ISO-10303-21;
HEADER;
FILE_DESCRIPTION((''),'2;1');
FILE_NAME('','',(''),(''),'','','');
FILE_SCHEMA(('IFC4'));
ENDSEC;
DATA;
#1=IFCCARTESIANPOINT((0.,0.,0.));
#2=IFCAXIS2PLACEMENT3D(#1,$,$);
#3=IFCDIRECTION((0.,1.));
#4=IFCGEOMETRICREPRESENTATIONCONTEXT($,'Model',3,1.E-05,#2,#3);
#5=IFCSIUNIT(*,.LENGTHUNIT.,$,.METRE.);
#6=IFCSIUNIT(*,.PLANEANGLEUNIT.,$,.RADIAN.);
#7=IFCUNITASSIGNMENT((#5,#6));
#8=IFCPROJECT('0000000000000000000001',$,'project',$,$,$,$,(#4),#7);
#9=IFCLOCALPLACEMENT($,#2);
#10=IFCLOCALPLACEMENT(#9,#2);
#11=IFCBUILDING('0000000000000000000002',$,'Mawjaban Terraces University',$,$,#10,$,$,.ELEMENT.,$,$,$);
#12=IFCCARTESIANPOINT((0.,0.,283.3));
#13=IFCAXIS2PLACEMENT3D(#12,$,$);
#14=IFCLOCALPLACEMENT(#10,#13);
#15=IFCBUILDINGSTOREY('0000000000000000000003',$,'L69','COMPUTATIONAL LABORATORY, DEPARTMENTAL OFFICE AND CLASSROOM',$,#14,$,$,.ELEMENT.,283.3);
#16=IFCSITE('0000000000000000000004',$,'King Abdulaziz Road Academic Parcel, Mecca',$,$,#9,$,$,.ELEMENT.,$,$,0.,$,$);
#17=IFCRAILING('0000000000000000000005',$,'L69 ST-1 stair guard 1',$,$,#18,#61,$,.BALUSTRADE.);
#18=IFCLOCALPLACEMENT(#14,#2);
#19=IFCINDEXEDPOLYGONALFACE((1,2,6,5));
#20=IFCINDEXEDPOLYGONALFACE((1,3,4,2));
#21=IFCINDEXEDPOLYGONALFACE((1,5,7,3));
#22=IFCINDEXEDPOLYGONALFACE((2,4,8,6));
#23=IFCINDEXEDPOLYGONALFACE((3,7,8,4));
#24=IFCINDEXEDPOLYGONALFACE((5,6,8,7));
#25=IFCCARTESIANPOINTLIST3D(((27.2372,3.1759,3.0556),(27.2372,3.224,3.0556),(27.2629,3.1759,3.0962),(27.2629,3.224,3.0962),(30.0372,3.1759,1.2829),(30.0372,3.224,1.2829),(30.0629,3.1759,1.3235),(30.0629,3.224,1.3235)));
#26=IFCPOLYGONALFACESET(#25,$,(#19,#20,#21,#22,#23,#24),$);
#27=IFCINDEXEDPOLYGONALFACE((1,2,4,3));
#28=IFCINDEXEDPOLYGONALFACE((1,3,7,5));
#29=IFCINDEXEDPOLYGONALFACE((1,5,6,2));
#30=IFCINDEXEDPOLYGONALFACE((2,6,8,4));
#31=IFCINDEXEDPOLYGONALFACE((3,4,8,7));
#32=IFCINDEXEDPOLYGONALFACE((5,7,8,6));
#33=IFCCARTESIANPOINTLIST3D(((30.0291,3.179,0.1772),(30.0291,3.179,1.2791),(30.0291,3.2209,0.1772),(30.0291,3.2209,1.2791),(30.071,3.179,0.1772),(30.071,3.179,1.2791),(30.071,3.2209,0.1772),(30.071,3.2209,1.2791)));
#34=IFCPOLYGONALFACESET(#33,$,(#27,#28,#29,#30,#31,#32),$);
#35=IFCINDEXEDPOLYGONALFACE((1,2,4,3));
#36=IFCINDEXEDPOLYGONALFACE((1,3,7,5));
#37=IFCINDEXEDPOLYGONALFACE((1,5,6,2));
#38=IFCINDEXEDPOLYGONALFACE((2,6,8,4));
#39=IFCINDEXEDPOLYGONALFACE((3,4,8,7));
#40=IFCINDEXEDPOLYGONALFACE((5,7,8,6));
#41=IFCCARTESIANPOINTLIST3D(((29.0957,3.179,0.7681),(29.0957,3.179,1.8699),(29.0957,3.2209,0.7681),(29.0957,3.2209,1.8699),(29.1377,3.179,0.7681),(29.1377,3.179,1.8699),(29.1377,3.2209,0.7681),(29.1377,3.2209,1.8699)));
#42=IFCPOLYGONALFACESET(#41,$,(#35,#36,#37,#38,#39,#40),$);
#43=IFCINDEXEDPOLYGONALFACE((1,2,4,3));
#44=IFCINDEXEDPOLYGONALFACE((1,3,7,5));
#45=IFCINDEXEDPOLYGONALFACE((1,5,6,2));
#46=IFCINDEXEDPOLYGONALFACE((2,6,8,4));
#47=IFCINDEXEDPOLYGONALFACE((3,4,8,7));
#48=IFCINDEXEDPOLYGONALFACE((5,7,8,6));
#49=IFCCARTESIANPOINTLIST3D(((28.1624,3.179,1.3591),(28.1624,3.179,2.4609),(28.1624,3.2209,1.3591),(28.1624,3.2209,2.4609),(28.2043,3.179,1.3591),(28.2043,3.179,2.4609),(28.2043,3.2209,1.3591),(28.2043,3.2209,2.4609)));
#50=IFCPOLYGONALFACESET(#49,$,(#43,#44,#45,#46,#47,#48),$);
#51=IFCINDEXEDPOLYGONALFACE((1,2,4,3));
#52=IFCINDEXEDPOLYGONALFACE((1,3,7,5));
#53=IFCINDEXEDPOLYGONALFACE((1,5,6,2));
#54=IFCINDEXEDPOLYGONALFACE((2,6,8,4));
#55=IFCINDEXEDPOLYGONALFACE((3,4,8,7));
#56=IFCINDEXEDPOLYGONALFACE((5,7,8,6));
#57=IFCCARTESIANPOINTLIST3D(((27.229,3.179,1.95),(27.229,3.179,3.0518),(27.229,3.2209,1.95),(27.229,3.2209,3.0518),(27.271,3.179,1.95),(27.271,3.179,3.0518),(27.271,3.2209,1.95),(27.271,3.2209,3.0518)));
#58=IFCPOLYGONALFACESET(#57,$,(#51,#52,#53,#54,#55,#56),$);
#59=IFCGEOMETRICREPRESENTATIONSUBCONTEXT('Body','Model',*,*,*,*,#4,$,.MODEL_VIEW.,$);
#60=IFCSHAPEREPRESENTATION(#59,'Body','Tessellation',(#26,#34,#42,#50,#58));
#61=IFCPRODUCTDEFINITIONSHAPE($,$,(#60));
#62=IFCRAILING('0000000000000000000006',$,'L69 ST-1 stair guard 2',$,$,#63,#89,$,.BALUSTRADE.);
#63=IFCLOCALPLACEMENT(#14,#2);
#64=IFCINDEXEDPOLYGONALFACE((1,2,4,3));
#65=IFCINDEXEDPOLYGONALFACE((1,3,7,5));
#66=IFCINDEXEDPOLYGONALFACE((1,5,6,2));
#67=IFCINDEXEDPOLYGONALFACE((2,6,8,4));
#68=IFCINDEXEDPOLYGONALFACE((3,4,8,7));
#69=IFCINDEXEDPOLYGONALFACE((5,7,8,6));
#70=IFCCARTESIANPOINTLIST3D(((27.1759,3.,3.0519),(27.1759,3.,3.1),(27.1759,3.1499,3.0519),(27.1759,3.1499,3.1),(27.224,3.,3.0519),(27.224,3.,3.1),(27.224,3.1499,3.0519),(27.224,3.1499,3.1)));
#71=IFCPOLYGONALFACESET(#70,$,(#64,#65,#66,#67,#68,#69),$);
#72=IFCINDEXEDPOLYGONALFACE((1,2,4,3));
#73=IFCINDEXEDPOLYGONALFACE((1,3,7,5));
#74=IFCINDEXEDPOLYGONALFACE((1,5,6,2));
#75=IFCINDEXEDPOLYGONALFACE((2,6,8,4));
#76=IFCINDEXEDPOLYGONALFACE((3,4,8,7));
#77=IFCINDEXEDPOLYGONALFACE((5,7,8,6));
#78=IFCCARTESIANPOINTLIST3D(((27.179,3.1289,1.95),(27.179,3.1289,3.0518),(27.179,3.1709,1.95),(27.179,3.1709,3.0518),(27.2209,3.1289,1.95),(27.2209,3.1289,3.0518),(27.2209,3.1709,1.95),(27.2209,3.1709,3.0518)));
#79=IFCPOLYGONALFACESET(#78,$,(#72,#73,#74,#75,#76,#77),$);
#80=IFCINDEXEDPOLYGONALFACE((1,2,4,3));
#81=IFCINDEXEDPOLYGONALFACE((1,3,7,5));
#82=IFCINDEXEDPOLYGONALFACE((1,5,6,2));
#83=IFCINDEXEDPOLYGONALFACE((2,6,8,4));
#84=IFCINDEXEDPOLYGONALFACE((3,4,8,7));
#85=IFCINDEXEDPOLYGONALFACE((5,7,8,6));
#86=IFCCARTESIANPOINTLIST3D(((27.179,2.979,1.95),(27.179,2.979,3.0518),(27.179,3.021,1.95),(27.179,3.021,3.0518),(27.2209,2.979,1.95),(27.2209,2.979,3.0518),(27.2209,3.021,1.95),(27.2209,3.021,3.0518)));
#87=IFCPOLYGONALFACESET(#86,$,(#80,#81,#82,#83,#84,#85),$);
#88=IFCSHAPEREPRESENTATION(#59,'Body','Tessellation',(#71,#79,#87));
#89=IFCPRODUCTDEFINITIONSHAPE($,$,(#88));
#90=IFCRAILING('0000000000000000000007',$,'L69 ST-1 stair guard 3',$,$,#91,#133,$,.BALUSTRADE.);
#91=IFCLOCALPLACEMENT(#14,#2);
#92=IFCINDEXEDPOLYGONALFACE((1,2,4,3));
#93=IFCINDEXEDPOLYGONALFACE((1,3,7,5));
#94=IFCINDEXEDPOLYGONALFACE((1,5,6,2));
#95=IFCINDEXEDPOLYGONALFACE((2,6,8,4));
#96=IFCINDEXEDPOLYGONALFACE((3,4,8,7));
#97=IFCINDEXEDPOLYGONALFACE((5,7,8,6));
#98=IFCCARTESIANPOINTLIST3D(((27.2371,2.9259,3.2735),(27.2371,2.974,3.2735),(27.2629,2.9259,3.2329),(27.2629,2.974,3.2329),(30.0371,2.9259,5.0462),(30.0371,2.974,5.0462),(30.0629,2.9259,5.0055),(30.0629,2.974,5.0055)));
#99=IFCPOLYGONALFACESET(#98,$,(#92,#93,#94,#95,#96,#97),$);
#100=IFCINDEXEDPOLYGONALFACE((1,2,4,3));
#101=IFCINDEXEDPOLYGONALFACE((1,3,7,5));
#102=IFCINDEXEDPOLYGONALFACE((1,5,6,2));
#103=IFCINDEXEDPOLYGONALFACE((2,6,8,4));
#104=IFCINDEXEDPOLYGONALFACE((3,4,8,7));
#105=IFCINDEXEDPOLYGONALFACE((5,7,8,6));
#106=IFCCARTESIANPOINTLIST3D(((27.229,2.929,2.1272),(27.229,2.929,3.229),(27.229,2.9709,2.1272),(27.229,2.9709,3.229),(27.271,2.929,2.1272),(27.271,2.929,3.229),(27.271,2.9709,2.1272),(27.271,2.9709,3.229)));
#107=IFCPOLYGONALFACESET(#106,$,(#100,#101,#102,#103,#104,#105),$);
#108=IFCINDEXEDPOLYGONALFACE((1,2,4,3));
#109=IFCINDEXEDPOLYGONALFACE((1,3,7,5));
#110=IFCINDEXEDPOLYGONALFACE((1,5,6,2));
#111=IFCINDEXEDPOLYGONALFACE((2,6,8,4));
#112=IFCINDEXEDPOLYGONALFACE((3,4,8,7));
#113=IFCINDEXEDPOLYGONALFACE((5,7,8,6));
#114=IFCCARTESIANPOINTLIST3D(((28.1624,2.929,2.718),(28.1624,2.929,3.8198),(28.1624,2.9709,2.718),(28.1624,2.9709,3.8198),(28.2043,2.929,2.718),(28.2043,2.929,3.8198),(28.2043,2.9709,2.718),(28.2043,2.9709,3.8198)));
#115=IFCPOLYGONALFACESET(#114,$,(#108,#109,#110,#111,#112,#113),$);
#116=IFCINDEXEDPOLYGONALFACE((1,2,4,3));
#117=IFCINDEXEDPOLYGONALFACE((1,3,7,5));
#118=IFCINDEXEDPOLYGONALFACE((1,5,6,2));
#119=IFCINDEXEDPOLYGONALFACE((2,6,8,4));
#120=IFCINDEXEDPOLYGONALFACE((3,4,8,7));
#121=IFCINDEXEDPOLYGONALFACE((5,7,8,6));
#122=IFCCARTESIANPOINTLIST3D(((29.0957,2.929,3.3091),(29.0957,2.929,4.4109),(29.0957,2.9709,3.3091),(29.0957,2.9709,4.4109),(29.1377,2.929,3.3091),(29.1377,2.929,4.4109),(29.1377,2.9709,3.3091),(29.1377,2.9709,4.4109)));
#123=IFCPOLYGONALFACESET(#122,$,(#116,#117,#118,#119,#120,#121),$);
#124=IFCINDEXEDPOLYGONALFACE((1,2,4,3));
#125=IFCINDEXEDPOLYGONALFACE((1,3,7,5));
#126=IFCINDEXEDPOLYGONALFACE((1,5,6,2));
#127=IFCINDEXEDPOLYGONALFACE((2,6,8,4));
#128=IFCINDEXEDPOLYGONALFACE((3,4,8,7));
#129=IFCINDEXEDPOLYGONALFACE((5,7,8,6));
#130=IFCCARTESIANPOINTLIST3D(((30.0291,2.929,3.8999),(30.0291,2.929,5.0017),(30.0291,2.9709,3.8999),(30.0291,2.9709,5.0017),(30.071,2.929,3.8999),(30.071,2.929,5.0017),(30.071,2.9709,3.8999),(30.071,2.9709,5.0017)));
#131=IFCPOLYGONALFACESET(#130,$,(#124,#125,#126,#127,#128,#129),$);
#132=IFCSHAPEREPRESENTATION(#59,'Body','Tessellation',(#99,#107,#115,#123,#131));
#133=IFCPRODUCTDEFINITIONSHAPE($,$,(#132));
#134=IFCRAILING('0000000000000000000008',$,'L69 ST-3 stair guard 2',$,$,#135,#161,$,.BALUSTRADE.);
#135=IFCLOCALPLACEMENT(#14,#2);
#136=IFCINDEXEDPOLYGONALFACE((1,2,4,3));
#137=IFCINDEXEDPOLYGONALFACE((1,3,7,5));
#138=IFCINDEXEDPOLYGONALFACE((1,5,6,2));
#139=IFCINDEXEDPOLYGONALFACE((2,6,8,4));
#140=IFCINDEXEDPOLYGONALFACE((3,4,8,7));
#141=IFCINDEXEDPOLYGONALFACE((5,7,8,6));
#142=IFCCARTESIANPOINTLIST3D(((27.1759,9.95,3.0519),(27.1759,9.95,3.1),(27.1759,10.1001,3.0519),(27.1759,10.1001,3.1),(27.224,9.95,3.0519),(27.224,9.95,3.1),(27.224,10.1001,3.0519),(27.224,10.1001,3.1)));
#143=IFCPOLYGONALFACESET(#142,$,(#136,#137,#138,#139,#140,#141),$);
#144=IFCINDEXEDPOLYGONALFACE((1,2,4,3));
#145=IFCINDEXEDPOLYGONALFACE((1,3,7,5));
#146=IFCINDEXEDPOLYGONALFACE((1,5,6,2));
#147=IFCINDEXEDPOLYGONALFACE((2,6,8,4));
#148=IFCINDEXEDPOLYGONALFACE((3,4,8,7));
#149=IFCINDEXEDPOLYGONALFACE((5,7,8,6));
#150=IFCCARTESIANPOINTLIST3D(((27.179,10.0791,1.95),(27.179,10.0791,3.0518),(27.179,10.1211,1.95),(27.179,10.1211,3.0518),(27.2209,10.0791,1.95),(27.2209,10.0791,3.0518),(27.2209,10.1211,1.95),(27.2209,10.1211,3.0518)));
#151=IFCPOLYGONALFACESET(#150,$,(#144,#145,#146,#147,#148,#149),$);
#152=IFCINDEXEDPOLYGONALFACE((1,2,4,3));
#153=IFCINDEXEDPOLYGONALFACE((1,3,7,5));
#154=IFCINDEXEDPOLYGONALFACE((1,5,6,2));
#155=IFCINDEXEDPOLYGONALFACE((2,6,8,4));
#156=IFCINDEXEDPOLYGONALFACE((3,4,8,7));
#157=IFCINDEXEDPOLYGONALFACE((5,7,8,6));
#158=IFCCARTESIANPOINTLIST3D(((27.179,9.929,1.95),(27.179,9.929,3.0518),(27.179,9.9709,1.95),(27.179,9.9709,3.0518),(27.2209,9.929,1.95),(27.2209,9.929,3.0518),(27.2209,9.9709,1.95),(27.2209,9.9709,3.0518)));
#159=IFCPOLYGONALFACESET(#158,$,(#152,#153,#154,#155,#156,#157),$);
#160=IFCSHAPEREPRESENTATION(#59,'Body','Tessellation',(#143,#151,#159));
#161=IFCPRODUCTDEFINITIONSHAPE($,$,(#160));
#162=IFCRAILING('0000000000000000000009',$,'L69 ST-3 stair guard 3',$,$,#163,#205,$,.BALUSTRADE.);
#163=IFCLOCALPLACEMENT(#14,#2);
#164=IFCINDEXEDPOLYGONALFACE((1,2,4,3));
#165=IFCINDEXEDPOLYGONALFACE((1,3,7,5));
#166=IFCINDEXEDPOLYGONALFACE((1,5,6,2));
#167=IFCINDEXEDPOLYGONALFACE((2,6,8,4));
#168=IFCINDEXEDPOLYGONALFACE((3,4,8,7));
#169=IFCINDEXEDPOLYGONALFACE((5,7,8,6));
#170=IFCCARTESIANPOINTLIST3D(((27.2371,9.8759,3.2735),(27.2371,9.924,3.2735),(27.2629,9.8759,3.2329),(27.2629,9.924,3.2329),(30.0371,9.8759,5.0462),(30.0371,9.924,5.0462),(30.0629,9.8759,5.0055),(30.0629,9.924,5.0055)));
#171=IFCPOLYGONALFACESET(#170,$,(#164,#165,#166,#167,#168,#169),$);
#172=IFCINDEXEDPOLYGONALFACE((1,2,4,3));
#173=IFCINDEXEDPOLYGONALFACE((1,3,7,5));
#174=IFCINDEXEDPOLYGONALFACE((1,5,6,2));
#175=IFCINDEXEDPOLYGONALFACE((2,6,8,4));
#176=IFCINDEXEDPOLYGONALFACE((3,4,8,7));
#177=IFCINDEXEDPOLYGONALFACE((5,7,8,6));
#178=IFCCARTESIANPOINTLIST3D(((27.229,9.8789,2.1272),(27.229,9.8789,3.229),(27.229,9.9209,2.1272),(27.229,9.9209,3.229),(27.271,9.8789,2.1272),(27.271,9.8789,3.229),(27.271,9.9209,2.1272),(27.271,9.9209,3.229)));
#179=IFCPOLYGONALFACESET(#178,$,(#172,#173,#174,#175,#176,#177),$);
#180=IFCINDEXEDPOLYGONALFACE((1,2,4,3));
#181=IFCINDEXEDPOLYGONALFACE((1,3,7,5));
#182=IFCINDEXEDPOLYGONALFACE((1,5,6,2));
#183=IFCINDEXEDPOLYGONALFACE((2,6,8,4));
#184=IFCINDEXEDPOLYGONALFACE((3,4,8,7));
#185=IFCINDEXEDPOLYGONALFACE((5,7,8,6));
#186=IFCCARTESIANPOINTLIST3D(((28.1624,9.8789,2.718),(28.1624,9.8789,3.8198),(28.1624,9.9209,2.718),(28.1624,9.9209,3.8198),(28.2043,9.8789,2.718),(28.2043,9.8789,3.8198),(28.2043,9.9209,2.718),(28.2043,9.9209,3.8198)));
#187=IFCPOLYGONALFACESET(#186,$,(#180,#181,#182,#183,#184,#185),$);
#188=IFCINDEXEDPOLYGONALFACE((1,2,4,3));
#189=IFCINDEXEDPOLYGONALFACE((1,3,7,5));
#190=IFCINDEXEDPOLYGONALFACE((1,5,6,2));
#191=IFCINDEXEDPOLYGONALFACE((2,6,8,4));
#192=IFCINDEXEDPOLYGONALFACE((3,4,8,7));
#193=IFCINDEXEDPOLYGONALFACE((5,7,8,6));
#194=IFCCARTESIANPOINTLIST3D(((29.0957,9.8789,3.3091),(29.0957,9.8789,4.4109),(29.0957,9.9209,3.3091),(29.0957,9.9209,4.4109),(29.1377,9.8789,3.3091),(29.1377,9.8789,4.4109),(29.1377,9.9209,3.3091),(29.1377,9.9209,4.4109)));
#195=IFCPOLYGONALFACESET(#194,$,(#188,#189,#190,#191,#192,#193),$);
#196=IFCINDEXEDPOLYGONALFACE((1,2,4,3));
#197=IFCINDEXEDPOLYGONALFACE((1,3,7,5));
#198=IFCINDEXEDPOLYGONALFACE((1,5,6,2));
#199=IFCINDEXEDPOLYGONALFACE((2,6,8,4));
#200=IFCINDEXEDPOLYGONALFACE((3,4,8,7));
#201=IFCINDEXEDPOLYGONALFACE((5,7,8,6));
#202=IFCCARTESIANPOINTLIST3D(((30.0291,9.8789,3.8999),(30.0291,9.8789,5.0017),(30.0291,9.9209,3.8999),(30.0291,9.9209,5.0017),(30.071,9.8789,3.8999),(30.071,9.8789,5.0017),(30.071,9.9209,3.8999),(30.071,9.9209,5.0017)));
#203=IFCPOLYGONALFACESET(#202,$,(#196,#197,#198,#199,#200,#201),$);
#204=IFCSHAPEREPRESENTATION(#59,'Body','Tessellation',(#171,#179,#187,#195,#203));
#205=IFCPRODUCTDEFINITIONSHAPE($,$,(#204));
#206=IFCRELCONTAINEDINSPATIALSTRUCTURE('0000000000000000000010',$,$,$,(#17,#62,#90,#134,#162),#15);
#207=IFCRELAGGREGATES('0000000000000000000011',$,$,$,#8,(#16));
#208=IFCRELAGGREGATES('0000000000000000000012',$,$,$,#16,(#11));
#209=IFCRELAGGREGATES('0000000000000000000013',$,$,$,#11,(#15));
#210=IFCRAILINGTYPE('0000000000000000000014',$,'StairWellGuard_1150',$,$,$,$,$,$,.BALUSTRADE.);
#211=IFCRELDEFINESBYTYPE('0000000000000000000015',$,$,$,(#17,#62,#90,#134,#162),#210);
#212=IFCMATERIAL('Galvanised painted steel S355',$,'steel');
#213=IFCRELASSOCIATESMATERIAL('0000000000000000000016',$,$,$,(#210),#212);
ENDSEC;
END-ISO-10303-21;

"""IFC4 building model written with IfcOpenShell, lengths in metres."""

from ifc_helpers import new_model, si_unit, direction, frame, origin, origin_2d, place, context, subcontext, project, spatial, rectangle, extrude, material, type_object, element, save


model = new_model("IFC4")

# Units and contexts
model_context = context("Model", 3, precision=1e-05, world=origin(), true_north=direction((0.0, 1.0)))
body_context = subcontext(model_context, "Body", "Model", "MODEL_VIEW")
ifc_project = project(units=[si_unit("LENGTHUNIT", "METRE"), si_unit("PLANEANGLEUNIT", "RADIAN")], contexts=[model_context])

# Site, building, storey
site_placement = place(None, origin())
site = spatial("IfcSite", under=ifc_project, at=site_placement, Name="King Abdulaziz Road Academic Parcel, Mecca", CompositionType="ELEMENT", RefElevation=0.0)
building_placement = place(site_placement, origin())
building = spatial("IfcBuilding", under=site, at=building_placement, Name="Mawjaban Terraces University", CompositionType="ELEMENT")
storey_placement = place(building_placement, frame((0.0, 0.0, 283.3)))
storey = spatial("IfcBuildingStorey", under=building, at=storey_placement, Name="L69", Description="COMPUTATIONAL LABORATORY, DEPARTMENTAL OFFICE AND CLASSROOM", CompositionType="ELEMENT", Elevation=283.3)

# Railings
ifc_material_1 = material(Name="Galvanised painted steel S355", Category="steel")
railing_type_1 = type_object("IfcRailingType", Name="StairWellGuard_1150", PredefinedType="BALUSTRADE", material=ifc_material_1)
railing_1_placement = place(storey_placement, frame((30.05, 3.2, 0.1772)))
element("IfcRailing", 1, at=railing_1_placement, inside=storey, type_object=railing_type_1, Name="L69 ST-1 stair guard 1", PredefinedType="BALUSTRADE", context=body_context, shape_type="SweptSolid", body=[
    extrude(rectangle(XDim=0.0481, YDim=0.0481, at=origin_2d()), frame((0.0, 0.0, 1.126), z_axis=(-0.844909, 0.0, 0.53491), x_axis=(0.0, -1.0, 0.0)), (0.0, 0.0, 1.0), 3.314),
    extrude(rectangle(XDim=0.042, YDim=0.042, at=origin_2d()), origin(), (0.0, 0.0, 1.0), 1.1018),
    extrude(rectangle(XDim=0.042, YDim=0.042, at=origin_2d()), frame((-0.9333, 0.0, 0.5908)), (0.0, 0.0, 1.0), 1.1018),
    extrude(rectangle(XDim=0.042, YDim=0.042, at=origin_2d()), frame((-1.8667, 0.0, 1.1819)), (0.0, 0.0, 1.0), 1.1018),
    extrude(rectangle(XDim=0.042, YDim=0.042, at=origin_2d()), frame((-2.8, 0.0, 1.7727)), (0.0, 0.0, 1.0), 1.1018),
])
railing_2_placement = place(storey_placement, frame((27.2, 3.1499, 1.95)))
element("IfcRailing", 2, at=railing_2_placement, inside=storey, type_object=railing_type_1, Name="L69 ST-1 stair guard 2", PredefinedType="BALUSTRADE", context=body_context, shape_type="SweptSolid", body=[
    extrude(rectangle(XDim=0.0481, YDim=0.0481, at=origin_2d()), frame((0.0, 0.0, 1.126), z_axis=(0.0, -1.0, 0.0), x_axis=(1.0, 0.0, 0.0)), (0.0, 0.0, 1.0), 0.1499),
    extrude(rectangle(XDim=0.042, YDim=0.042, at=origin_2d()), origin(), (0.0, 0.0, 1.0), 1.1018),
    extrude(rectangle(XDim=0.042, YDim=0.042, at=origin_2d()), frame((0.0, -0.1499, 0.0)), (0.0, 0.0, 1.0), 1.1018),
])
railing_3_placement = place(storey_placement, frame((27.25, 2.95, 2.1272)))
element("IfcRailing", 3, at=railing_3_placement, inside=storey, type_object=railing_type_1, Name="L69 ST-1 stair guard 3", PredefinedType="BALUSTRADE", context=body_context, shape_type="SweptSolid", body=[
    extrude(rectangle(XDim=0.0481, YDim=0.0481, at=origin_2d()), frame((0.0, 0.0, 1.126), z_axis=(0.844909, 0.0, 0.53491), x_axis=(0.0, 1.0, 0.0)), (0.0, 0.0, 1.0), 3.314),
    extrude(rectangle(XDim=0.042, YDim=0.042, at=origin_2d()), origin(), (0.0, 0.0, 1.0), 1.1018),
    extrude(rectangle(XDim=0.042, YDim=0.042, at=origin_2d()), frame((0.9333, 0.0, 0.5908)), (0.0, 0.0, 1.0), 1.1018),
    extrude(rectangle(XDim=0.042, YDim=0.042, at=origin_2d()), frame((1.8667, 0.0, 1.1819)), (0.0, 0.0, 1.0), 1.1018),
    extrude(rectangle(XDim=0.042, YDim=0.042, at=origin_2d()), frame((2.8, 0.0, 1.7727)), (0.0, 0.0, 1.0), 1.1018),
])
railing_4_placement = place(storey_placement, frame((27.2, 10.1001, 1.95)))
element("IfcRailing", 4, at=railing_4_placement, inside=storey, type_object=railing_type_1, Name="L69 ST-3 stair guard 2", PredefinedType="BALUSTRADE", context=body_context, shape_type="SweptSolid", body=[
    extrude(rectangle(XDim=0.0481, YDim=0.0481, at=origin_2d()), frame((0.0, 0.0, 1.126), z_axis=(0.0, -1.0, 0.0), x_axis=(1.0, 0.0, 0.0)), (0.0, 0.0, 1.0), 0.1501),
    extrude(rectangle(XDim=0.042, YDim=0.042, at=origin_2d()), origin(), (0.0, 0.0, 1.0), 1.1018),
    extrude(rectangle(XDim=0.042, YDim=0.042, at=origin_2d()), frame((0.0, -0.1501, 0.0)), (0.0, 0.0, 1.0), 1.1018),
])
railing_5_placement = place(storey_placement, frame((27.25, 9.8999, 2.1272)))
element("IfcRailing", 5, at=railing_5_placement, inside=storey, type_object=railing_type_1, Name="L69 ST-3 stair guard 3", PredefinedType="BALUSTRADE", context=body_context, shape_type="SweptSolid", body=[
    extrude(rectangle(XDim=0.0481, YDim=0.0481, at=origin_2d()), frame((0.0, 0.0, 1.126), z_axis=(0.844909, 0.0, 0.53491), x_axis=(0.0, 1.0, 0.0)), (0.0, 0.0, 1.0), 3.314),
    extrude(rectangle(XDim=0.042, YDim=0.042, at=origin_2d()), origin(), (0.0, 0.0, 1.0), 1.1018),
    extrude(rectangle(XDim=0.042, YDim=0.042, at=origin_2d()), frame((0.9333, 0.0, 0.5908)), (0.0, 0.0, 1.0), 1.1018),
    extrude(rectangle(XDim=0.042, YDim=0.042, at=origin_2d()), frame((1.8667, 0.0, 1.1819)), (0.0, 0.0, 1.0), 1.1018),
    extrude(rectangle(XDim=0.042, YDim=0.042, at=origin_2d()), frame((2.8, 0.0, 1.7727)), (0.0, 0.0, 1.0), 1.1018),
])

save(model, "model.ifc")
